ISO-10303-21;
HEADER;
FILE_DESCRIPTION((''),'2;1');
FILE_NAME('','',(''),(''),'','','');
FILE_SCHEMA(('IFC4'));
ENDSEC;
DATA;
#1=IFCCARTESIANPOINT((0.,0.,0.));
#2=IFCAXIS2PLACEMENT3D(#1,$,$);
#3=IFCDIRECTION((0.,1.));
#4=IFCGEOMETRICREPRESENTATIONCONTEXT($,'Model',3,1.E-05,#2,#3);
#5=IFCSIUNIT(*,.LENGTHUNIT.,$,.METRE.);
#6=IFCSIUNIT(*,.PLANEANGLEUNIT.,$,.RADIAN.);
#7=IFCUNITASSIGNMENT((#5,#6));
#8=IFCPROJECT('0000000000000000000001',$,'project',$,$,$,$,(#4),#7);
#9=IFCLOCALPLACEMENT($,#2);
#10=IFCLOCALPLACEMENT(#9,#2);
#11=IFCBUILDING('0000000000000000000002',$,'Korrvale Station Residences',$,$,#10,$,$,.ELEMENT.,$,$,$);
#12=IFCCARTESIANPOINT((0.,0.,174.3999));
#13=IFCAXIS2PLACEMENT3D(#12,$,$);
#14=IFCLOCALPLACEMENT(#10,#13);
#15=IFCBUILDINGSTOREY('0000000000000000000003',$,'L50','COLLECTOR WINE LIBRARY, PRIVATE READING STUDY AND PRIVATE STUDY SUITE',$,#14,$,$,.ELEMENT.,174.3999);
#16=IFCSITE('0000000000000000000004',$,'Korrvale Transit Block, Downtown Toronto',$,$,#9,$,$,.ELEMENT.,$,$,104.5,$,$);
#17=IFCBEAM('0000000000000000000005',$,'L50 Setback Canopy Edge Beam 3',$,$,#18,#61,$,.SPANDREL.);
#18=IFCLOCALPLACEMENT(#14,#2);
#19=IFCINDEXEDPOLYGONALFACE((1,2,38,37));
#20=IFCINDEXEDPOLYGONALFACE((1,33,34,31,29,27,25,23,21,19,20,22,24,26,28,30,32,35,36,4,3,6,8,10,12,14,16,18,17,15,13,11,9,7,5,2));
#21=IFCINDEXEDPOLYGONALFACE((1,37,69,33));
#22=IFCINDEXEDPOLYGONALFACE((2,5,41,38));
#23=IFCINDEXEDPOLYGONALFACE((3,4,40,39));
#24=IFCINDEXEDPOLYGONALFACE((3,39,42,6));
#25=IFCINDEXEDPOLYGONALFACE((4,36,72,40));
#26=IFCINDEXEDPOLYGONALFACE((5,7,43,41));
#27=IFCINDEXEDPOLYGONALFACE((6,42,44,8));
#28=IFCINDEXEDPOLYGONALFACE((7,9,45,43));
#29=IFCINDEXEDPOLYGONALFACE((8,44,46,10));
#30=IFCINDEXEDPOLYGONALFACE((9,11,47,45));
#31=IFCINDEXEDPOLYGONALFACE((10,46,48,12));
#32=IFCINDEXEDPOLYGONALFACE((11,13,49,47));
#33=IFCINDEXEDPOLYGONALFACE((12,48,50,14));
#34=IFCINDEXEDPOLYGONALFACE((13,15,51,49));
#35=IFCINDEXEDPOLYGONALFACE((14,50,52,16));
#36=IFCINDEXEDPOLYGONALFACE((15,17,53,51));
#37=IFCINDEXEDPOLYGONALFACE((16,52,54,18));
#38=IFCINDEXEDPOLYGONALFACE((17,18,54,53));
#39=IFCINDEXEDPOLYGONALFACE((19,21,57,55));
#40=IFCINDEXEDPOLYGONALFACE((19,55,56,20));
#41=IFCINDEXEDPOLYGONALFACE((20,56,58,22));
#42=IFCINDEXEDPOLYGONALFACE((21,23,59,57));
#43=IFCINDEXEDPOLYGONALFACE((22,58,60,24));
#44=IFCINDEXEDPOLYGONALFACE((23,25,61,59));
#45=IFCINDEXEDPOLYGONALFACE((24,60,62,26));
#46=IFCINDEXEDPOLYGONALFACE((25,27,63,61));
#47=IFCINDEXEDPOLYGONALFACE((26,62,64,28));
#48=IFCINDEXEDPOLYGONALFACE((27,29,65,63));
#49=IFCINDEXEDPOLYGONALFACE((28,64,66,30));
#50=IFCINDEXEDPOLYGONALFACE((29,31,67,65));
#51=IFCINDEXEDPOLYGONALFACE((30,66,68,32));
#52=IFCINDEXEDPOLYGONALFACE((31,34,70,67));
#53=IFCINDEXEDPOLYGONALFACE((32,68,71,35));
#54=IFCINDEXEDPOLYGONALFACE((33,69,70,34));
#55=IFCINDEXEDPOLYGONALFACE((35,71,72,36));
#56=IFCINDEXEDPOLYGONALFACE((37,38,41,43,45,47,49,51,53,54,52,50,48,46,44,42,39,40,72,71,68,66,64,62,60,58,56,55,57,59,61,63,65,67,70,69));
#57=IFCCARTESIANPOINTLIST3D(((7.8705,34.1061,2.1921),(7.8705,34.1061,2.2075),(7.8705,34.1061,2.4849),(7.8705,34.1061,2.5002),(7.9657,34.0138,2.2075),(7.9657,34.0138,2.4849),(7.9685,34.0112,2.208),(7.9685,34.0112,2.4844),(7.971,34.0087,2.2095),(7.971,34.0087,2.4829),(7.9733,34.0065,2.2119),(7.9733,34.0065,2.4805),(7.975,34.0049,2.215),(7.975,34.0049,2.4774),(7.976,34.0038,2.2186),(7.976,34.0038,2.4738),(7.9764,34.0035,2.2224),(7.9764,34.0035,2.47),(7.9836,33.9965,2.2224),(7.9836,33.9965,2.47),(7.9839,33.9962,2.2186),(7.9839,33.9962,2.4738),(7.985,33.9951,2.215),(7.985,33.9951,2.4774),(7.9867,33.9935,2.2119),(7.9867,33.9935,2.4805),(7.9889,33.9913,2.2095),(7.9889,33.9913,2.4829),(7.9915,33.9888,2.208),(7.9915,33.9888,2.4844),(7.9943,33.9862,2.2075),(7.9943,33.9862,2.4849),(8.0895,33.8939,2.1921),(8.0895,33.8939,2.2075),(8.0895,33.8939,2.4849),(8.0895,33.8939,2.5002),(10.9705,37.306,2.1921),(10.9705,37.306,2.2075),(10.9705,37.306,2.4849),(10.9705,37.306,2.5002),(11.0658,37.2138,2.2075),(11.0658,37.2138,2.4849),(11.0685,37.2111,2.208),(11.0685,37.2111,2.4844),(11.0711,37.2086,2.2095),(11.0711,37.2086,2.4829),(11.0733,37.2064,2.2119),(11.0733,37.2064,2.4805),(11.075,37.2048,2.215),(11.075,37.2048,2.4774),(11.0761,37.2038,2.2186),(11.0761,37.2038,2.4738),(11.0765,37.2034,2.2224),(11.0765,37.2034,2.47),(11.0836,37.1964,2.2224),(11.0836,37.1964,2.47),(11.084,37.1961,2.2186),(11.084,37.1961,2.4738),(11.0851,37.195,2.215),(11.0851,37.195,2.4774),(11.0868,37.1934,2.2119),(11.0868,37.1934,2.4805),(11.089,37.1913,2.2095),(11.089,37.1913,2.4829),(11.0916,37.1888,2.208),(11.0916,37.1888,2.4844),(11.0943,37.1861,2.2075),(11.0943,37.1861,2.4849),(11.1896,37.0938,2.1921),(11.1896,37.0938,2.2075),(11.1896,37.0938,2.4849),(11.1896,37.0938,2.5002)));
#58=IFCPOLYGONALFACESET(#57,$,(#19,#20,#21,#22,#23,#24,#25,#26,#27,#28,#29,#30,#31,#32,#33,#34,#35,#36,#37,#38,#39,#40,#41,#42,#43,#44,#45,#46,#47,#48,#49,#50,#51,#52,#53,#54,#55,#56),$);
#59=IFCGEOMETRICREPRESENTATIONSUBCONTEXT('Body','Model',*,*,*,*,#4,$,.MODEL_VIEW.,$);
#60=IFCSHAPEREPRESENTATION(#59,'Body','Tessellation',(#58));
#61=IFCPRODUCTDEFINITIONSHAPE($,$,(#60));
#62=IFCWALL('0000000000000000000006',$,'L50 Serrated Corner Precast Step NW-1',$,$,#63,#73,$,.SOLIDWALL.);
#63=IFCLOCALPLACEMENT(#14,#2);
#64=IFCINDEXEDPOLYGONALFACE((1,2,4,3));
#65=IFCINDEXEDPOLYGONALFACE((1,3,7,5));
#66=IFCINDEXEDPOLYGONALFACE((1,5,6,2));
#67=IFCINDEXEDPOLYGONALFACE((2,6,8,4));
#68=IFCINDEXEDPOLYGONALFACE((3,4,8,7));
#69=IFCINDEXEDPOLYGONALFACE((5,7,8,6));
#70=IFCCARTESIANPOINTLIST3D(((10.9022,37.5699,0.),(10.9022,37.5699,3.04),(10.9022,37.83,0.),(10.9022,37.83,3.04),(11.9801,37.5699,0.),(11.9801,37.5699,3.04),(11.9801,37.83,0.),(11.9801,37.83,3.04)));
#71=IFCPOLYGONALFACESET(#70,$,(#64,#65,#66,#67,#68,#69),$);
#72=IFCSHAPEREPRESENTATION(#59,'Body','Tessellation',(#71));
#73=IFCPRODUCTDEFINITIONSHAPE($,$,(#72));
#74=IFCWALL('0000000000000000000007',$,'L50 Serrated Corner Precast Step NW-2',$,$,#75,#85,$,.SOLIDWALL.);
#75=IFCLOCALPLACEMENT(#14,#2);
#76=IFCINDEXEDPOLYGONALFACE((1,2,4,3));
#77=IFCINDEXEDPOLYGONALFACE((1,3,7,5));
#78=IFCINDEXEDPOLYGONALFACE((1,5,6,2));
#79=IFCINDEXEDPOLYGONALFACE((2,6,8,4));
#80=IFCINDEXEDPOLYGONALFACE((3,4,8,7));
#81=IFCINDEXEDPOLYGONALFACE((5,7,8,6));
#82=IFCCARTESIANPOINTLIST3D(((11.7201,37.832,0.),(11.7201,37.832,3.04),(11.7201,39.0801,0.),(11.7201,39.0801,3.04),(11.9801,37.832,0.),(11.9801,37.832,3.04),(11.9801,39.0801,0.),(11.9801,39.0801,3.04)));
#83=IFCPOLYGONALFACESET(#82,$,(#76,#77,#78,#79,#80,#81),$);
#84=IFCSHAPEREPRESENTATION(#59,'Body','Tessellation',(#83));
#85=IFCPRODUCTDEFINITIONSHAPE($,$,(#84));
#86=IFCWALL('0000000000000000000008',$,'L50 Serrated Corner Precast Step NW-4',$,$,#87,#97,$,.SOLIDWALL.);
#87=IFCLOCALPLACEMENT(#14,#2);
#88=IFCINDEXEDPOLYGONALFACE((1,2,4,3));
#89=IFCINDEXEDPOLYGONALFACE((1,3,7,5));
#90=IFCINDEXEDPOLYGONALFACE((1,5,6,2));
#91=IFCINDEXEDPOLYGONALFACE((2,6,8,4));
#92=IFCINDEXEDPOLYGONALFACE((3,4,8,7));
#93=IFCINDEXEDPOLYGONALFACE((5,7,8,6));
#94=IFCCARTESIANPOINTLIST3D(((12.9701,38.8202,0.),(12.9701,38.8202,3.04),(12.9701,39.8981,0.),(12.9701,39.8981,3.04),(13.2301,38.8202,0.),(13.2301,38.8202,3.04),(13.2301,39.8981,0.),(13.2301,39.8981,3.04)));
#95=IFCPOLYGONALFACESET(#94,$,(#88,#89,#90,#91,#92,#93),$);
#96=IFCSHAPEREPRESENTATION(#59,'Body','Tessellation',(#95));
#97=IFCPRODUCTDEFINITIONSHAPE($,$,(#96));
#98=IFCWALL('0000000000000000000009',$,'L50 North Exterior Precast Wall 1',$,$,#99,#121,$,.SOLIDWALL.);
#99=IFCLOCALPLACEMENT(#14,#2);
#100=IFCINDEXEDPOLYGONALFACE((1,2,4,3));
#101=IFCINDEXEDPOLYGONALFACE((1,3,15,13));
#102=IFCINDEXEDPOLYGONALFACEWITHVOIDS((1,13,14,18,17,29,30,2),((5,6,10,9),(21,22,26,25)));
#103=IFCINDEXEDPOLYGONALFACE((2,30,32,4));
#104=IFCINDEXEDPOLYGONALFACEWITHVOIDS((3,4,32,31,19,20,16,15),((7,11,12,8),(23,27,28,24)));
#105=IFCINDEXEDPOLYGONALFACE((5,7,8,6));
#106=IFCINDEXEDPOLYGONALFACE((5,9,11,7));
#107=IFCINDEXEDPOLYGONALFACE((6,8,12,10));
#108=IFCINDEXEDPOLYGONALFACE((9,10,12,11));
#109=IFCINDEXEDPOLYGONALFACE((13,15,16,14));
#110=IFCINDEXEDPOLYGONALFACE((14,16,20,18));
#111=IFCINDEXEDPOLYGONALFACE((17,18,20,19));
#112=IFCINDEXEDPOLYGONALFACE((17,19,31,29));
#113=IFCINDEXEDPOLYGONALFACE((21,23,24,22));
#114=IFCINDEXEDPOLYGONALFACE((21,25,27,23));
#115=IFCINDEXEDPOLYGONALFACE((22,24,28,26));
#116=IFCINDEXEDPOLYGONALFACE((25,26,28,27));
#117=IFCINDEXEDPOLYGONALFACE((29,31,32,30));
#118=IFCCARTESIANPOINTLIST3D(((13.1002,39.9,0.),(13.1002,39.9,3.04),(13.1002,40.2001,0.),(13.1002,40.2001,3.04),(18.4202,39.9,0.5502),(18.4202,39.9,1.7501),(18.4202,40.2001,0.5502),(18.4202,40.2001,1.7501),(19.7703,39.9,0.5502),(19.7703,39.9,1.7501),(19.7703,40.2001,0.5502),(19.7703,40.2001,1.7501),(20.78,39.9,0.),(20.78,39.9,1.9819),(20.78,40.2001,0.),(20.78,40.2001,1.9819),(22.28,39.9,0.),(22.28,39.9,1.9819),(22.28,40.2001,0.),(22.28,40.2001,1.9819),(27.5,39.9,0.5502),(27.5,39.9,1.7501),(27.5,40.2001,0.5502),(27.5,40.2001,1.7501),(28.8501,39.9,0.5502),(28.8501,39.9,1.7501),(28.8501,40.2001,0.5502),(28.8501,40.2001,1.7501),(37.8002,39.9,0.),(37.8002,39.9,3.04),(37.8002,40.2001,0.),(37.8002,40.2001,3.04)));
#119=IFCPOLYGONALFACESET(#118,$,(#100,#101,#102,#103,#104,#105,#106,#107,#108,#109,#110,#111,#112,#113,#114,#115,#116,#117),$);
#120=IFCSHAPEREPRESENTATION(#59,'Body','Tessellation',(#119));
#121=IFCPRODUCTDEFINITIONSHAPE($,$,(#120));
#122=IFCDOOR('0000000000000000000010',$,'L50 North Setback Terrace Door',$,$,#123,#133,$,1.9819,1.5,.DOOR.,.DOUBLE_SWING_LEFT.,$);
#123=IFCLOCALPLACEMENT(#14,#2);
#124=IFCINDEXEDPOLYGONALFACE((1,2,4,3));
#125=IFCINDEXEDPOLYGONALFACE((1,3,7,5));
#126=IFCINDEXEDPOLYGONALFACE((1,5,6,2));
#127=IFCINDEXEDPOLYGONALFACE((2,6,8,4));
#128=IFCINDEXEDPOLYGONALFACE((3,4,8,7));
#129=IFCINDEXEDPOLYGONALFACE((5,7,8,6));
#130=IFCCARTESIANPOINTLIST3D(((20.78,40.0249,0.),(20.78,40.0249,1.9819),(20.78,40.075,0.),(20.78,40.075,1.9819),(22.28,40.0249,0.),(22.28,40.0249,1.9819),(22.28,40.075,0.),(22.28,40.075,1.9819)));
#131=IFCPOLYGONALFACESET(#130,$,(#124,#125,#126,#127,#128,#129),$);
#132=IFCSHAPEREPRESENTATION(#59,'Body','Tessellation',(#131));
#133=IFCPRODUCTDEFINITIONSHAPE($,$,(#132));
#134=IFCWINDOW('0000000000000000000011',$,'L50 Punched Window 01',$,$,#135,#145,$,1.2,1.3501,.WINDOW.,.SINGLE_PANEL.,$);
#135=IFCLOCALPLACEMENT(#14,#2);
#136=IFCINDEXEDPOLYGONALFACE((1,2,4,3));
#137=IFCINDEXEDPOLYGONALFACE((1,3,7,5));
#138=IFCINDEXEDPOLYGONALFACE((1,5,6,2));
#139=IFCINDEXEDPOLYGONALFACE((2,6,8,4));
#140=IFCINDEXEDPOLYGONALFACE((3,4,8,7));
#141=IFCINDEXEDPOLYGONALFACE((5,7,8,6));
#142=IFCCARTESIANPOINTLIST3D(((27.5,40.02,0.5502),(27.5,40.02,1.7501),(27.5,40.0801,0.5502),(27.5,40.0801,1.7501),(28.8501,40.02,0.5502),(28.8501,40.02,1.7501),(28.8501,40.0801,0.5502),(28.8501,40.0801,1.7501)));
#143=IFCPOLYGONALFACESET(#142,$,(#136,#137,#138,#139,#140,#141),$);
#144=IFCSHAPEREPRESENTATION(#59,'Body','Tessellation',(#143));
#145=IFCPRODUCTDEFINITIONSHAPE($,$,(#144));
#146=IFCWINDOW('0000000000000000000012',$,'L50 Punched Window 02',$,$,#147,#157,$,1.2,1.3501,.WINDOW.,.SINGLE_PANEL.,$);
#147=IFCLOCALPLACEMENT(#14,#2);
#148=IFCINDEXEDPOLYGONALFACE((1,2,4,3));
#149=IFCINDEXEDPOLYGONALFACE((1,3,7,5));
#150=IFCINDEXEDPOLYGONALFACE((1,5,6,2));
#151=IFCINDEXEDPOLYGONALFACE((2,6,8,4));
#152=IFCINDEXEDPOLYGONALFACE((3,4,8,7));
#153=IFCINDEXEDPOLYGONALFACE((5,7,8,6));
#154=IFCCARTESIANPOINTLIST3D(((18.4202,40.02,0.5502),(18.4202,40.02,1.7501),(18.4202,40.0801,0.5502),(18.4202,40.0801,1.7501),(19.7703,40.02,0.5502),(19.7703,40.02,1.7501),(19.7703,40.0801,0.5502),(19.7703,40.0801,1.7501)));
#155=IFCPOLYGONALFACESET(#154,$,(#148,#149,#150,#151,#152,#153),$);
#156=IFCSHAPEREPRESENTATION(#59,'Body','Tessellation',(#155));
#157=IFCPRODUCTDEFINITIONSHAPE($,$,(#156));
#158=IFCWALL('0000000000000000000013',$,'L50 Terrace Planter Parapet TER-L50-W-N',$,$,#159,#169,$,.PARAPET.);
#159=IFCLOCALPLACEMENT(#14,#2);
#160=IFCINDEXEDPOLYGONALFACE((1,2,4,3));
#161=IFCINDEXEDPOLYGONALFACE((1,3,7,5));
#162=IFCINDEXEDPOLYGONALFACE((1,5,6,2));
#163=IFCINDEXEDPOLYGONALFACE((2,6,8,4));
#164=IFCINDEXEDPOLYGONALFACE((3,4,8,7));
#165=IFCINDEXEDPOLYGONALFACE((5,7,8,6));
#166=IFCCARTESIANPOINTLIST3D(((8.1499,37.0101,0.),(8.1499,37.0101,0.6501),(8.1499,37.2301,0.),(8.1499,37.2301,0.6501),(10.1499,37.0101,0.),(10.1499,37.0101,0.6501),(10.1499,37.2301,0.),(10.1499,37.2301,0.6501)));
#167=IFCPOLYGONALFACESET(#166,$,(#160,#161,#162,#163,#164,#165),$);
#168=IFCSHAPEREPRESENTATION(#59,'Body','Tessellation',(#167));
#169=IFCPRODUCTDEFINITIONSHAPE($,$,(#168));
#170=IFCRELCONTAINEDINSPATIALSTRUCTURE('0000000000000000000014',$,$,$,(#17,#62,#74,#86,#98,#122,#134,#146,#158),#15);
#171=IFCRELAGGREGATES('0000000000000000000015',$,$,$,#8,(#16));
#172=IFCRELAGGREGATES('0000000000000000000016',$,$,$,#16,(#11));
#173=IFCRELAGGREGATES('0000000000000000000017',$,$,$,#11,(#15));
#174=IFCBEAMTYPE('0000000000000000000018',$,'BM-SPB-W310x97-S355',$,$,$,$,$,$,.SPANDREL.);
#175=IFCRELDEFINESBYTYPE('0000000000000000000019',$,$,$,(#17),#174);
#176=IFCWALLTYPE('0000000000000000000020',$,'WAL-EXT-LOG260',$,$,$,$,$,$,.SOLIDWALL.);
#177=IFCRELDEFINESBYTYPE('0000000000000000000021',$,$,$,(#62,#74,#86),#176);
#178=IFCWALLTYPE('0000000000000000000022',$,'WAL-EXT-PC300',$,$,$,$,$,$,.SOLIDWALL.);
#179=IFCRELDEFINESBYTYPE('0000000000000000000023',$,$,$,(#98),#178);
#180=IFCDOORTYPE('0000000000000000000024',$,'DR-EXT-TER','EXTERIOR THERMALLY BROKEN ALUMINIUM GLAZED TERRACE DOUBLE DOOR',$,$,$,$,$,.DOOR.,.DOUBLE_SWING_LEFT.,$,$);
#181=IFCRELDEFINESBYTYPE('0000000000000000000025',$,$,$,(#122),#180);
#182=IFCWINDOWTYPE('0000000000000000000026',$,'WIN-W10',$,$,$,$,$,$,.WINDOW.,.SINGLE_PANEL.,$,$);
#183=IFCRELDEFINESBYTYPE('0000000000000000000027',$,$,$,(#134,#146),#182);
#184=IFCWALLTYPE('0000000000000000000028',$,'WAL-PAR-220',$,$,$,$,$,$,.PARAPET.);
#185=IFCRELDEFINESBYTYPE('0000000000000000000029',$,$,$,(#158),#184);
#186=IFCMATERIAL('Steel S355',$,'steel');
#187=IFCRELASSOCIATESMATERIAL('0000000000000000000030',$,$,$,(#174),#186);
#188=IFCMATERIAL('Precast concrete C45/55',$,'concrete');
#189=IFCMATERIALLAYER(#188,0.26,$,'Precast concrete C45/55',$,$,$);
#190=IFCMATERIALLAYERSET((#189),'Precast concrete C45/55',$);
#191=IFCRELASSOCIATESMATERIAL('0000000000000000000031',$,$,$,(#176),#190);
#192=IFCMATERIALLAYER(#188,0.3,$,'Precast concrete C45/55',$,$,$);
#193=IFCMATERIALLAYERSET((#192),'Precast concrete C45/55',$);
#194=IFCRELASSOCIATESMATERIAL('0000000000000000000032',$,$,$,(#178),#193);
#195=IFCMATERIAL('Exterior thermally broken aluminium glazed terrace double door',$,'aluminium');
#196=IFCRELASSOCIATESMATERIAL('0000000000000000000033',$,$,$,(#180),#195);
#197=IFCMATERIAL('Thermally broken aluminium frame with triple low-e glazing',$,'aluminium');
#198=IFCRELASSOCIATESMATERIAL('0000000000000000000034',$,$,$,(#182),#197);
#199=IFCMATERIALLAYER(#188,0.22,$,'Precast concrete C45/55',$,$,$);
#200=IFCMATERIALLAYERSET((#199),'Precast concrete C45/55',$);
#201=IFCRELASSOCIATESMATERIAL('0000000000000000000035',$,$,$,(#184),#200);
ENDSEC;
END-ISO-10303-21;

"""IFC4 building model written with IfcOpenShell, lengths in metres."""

from ifc_helpers import new_model, si_unit, direction, frame, frame_2d, origin, origin_2d, place, context, subcontext, project, spatial, rectangle, i_section, extrude, material, layer, layer_set, material_profile, profile_set, type_object, element, fill, save


model = new_model("IFC4")

# Units and contexts
model_context = context("Model", 3, precision=1e-05, world=origin(), true_north=direction((0.0, 1.0)))
body_context = subcontext(model_context, "Body", "Model", "MODEL_VIEW")
ifc_project = project(units=[si_unit("LENGTHUNIT", "METRE"), si_unit("PLANEANGLEUNIT", "RADIAN")], contexts=[model_context])

# Site, building, storey
site_placement = place(None, origin())
site = spatial("IfcSite", under=ifc_project, at=site_placement, Name="Korrvale Transit Block, Downtown Toronto", CompositionType="ELEMENT", RefElevation=104.5)
building_placement = place(site_placement, origin())
building = spatial("IfcBuilding", under=site, at=building_placement, Name="Korrvale Station Residences", CompositionType="ELEMENT")
storey_placement = place(building_placement, frame((0.0, 0.0, 174.3999)))
storey = spatial("IfcBuildingStorey", under=building, at=storey_placement, Name="L50", Description="COLLECTOR WINE LIBRARY, PRIVATE READING STUDY AND PRIVATE STUDY SUITE", CompositionType="ELEMENT", Elevation=174.3999)

# Shared definitions
ifc_material_1 = material(Name="Steel S355", Category="steel")

# Beam
ifc_material_profile_1 = material_profile(ifc_material_1, i_section(OverallWidth=0.3049, OverallDepth=0.3081, WebThickness=0.01, FlangeThickness=0.0154, FilletRadius=0.0149, at=origin_2d()), Name="W310x97")
ifc_profile_set_1 = profile_set([ifc_material_profile_1], Name="Steel S355")
beam_type_1 = type_object("IfcBeamType", Name="BM-SPB-W310x97-S355", PredefinedType="SPANDREL", material=ifc_profile_set_1)
beam_1_placement = place(storey_placement, frame((7.98, 34.0, 2.3462), z_axis=(0.695812, 0.718224, 0.0), x_axis=(-0.718224, 0.695812, 0.0)))
element("IfcBeam", 1, at=beam_1_placement, inside=storey, type_object=beam_type_1, Name="L50 Setback Canopy Edge Beam 3", PredefinedType="SPANDREL", context=body_context, shape_type="SweptSolid", body=[
    extrude(i_section(OverallWidth=0.3049, OverallDepth=0.3081, WebThickness=0.01, FlangeThickness=0.0154, FilletRadius=0.0149, at=origin_2d()), origin(), (0.0, 0.0, 1.0), 4.4553),
])

# Walls
ifc_material_2 = material(Name="Precast concrete C45/55", Category="concrete")
ifc_layer_1 = layer(ifc_material_2, 0.26, Name="Precast concrete C45/55")
ifc_layer_set_1 = layer_set([ifc_layer_1], Name="Precast concrete C45/55")
wall_type_1 = type_object("IfcWallType", Name="WAL-EXT-LOG260", PredefinedType="SOLIDWALL", material=ifc_layer_set_1)
wall_1_placement = place(storey_placement, frame((10.9021, 37.7, 0.0), z_axis=(0.0, 0.0, 1.0), x_axis=(1.0, 0.0, 0.0)))
element("IfcWall", 2, at=wall_1_placement, inside=storey, type_object=wall_type_1, Name="L50 Serrated Corner Precast Step NW-1", PredefinedType="SOLIDWALL", context=body_context, shape_type="SweptSolid", body=[
    extrude(rectangle(XDim=1.0779, YDim=0.26, at=frame_2d((0.5391, 0.0))), origin(), (0.0, 0.0, 1.0), 3.04),
])
wall_2_placement = place(storey_placement, frame((11.8501, 37.832, 0.0), z_axis=(0.0, 0.0, 1.0), x_axis=(0.0, 1.0, 0.0)))
element("IfcWall", 3, at=wall_2_placement, inside=storey, type_object=wall_type_1, Name="L50 Serrated Corner Precast Step NW-2", PredefinedType="SOLIDWALL", context=body_context, shape_type="SweptSolid", body=[
    extrude(rectangle(XDim=1.248, YDim=0.26, at=frame_2d((0.624, 0.0))), origin(), (0.0, 0.0, 1.0), 3.04),
])
wall_3_placement = place(storey_placement, frame((13.1001, 38.8201, 0.0), z_axis=(0.0, 0.0, 1.0), x_axis=(0.0, 1.0, 0.0)))
element("IfcWall", 4, at=wall_3_placement, inside=storey, type_object=wall_type_1, Name="L50 Serrated Corner Precast Step NW-4", PredefinedType="SOLIDWALL", context=body_context, shape_type="SweptSolid", body=[
    extrude(rectangle(XDim=1.0779, YDim=0.26, at=frame_2d((0.5391, 0.0))), origin(), (0.0, 0.0, 1.0), 3.04),
])

# Wall, openings, door, windows
ifc_layer_2 = layer(ifc_material_2, 0.3, Name="Precast concrete C45/55")
ifc_layer_set_2 = layer_set([ifc_layer_2], Name="Precast concrete C45/55")
wall_type_2 = type_object("IfcWallType", Name="WAL-EXT-PC300", PredefinedType="SOLIDWALL", material=ifc_layer_set_2)
wall_4_placement = place(storey_placement, frame((13.1001, 40.05, 0.0), z_axis=(0.0, 0.0, 1.0), x_axis=(1.0, 0.0, 0.0)))
wall_4 = element("IfcWall", 5, at=wall_4_placement, inside=storey, type_object=wall_type_2, Name="L50 North Exterior Precast Wall 1", PredefinedType="SOLIDWALL", context=body_context, shape_type="SweptSolid", body=[
    extrude(rectangle(XDim=24.7, YDim=0.3, at=frame_2d((12.3501, 0.0))), origin(), (0.0, 0.0, 1.0), 3.04),
])
opening_1_placement = place(wall_4_placement, frame((7.6799, 0.0, 0.0)))
opening_1 = element("IfcOpeningElement", 6, at=opening_1_placement, cuts=wall_4, PredefinedType="OPENING", context=body_context, shape_type="SweptSolid", body=[
    extrude(rectangle(XDim=1.5, YDim=1.9819, at=frame_2d((0.75, 0.991))), frame((0.0, 0.1602, 0.0), z_axis=(0.0, -1.0, 0.0), x_axis=(1.0, 0.0, 0.0)), (0.0, 0.0, 1.0), 0.3201),
])
opening_2_placement = place(wall_4_placement, frame((14.3999, 0.0, 0.55)))
opening_2 = element("IfcOpeningElement", 7, at=opening_2_placement, cuts=wall_4, PredefinedType="OPENING", context=body_context, shape_type="SweptSolid", body=[
    extrude(rectangle(XDim=1.3501, YDim=1.2, at=frame_2d((0.675, 0.6001))), frame((0.0, 0.1602, 0.0), z_axis=(0.0, -1.0, 0.0), x_axis=(1.0, 0.0, 0.0)), (0.0, 0.0, 1.0), 0.3201),
])
opening_3_placement = place(wall_4_placement, frame((5.3201, 0.0, 0.55)))
opening_3 = element("IfcOpeningElement", 8, at=opening_3_placement, cuts=wall_4, PredefinedType="OPENING", context=body_context, shape_type="SweptSolid", body=[
    extrude(rectangle(XDim=1.3501, YDim=1.2, at=frame_2d((0.675, 0.6001))), frame((0.0, 0.1602, 0.0), z_axis=(0.0, -1.0, 0.0), x_axis=(1.0, 0.0, 0.0)), (0.0, 0.0, 1.0), 0.3201),
])
ifc_material_3 = material(Name="Exterior thermally broken aluminium glazed terrace double door", Category="aluminium")
door_type = type_object("IfcDoorType", Name="DR-EXT-TER", Description="EXTERIOR THERMALLY BROKEN ALUMINIUM GLAZED TERRACE DOUBLE DOOR", OperationType="DOUBLE_SWING_LEFT", PredefinedType="DOOR", material=ifc_material_3)
door_placement = place(opening_1_placement, origin())
door = element("IfcDoor", 9, at=door_placement, inside=storey, type_object=door_type, Name="L50 North Setback Terrace Door", OperationType="DOUBLE_SWING_LEFT", OverallHeight=1.9819, OverallWidth=1.5, PredefinedType="DOOR", context=body_context, shape_type="SweptSolid", body=[
    extrude(rectangle(XDim=1.5, YDim=1.9819, at=frame_2d((0.75, 0.991))), frame((0.0, 0.0249, 0.0), z_axis=(0.0, -1.0, 0.0), x_axis=(1.0, 0.0, 0.0)), (0.0, 0.0, 1.0), 0.05),
])
fill(opening_1, door)
ifc_material_4 = material(Name="Thermally broken aluminium frame with triple low-e glazing", Category="aluminium")
window_type = type_object("IfcWindowType", Name="WIN-W10", PartitioningType="SINGLE_PANEL", PredefinedType="WINDOW", material=ifc_material_4)
window_1_placement = place(opening_2_placement, origin())
window_1 = element("IfcWindow", 10, at=window_1_placement, inside=storey, type_object=window_type, Name="L50 Punched Window 01", OverallHeight=1.2, OverallWidth=1.3501, PartitioningType="SINGLE_PANEL", PredefinedType="WINDOW", context=body_context, shape_type="SweptSolid", body=[
    extrude(rectangle(XDim=1.3501, YDim=1.2, at=frame_2d((0.675, 0.6001))), frame((0.0, 0.03, 0.0), z_axis=(0.0, -1.0, 0.0), x_axis=(1.0, 0.0, 0.0)), (0.0, 0.0, 1.0), 0.0601),
])
fill(opening_2, window_1)
window_2_placement = place(opening_3_placement, origin())
window_2 = element("IfcWindow", 11, at=window_2_placement, inside=storey, type_object=window_type, Name="L50 Punched Window 02", OverallHeight=1.2, OverallWidth=1.3501, PartitioningType="SINGLE_PANEL", PredefinedType="WINDOW", context=body_context, shape_type="SweptSolid", body=[
    extrude(rectangle(XDim=1.3501, YDim=1.2, at=frame_2d((0.675, 0.6001))), frame((0.0, 0.03, 0.0), z_axis=(0.0, -1.0, 0.0), x_axis=(1.0, 0.0, 0.0)), (0.0, 0.0, 1.0), 0.0601),
])
fill(opening_3, window_2)

# Wall
ifc_layer_3 = layer(ifc_material_2, 0.22, Name="Precast concrete C45/55")
ifc_layer_set_3 = layer_set([ifc_layer_3], Name="Precast concrete C45/55")
wall_type_3 = type_object("IfcWallType", Name="WAL-PAR-220", PredefinedType="PARAPET", material=ifc_layer_set_3)
wall_5_placement = place(storey_placement, frame((8.1499, 37.1201, 0.0), z_axis=(0.0, 0.0, 1.0), x_axis=(1.0, 0.0, 0.0)))
element("IfcWall", 12, at=wall_5_placement, inside=storey, type_object=wall_type_3, Name="L50 Terrace Planter Parapet TER-L50-W-N", PredefinedType="PARAPET", context=body_context, shape_type="SweptSolid", body=[
    extrude(rectangle(XDim=2.0, YDim=0.22, at=frame_2d((1.0, 0.0))), origin(), (0.0, 0.0, 1.0), 0.6501),
])

save(model, "model.ifc")
